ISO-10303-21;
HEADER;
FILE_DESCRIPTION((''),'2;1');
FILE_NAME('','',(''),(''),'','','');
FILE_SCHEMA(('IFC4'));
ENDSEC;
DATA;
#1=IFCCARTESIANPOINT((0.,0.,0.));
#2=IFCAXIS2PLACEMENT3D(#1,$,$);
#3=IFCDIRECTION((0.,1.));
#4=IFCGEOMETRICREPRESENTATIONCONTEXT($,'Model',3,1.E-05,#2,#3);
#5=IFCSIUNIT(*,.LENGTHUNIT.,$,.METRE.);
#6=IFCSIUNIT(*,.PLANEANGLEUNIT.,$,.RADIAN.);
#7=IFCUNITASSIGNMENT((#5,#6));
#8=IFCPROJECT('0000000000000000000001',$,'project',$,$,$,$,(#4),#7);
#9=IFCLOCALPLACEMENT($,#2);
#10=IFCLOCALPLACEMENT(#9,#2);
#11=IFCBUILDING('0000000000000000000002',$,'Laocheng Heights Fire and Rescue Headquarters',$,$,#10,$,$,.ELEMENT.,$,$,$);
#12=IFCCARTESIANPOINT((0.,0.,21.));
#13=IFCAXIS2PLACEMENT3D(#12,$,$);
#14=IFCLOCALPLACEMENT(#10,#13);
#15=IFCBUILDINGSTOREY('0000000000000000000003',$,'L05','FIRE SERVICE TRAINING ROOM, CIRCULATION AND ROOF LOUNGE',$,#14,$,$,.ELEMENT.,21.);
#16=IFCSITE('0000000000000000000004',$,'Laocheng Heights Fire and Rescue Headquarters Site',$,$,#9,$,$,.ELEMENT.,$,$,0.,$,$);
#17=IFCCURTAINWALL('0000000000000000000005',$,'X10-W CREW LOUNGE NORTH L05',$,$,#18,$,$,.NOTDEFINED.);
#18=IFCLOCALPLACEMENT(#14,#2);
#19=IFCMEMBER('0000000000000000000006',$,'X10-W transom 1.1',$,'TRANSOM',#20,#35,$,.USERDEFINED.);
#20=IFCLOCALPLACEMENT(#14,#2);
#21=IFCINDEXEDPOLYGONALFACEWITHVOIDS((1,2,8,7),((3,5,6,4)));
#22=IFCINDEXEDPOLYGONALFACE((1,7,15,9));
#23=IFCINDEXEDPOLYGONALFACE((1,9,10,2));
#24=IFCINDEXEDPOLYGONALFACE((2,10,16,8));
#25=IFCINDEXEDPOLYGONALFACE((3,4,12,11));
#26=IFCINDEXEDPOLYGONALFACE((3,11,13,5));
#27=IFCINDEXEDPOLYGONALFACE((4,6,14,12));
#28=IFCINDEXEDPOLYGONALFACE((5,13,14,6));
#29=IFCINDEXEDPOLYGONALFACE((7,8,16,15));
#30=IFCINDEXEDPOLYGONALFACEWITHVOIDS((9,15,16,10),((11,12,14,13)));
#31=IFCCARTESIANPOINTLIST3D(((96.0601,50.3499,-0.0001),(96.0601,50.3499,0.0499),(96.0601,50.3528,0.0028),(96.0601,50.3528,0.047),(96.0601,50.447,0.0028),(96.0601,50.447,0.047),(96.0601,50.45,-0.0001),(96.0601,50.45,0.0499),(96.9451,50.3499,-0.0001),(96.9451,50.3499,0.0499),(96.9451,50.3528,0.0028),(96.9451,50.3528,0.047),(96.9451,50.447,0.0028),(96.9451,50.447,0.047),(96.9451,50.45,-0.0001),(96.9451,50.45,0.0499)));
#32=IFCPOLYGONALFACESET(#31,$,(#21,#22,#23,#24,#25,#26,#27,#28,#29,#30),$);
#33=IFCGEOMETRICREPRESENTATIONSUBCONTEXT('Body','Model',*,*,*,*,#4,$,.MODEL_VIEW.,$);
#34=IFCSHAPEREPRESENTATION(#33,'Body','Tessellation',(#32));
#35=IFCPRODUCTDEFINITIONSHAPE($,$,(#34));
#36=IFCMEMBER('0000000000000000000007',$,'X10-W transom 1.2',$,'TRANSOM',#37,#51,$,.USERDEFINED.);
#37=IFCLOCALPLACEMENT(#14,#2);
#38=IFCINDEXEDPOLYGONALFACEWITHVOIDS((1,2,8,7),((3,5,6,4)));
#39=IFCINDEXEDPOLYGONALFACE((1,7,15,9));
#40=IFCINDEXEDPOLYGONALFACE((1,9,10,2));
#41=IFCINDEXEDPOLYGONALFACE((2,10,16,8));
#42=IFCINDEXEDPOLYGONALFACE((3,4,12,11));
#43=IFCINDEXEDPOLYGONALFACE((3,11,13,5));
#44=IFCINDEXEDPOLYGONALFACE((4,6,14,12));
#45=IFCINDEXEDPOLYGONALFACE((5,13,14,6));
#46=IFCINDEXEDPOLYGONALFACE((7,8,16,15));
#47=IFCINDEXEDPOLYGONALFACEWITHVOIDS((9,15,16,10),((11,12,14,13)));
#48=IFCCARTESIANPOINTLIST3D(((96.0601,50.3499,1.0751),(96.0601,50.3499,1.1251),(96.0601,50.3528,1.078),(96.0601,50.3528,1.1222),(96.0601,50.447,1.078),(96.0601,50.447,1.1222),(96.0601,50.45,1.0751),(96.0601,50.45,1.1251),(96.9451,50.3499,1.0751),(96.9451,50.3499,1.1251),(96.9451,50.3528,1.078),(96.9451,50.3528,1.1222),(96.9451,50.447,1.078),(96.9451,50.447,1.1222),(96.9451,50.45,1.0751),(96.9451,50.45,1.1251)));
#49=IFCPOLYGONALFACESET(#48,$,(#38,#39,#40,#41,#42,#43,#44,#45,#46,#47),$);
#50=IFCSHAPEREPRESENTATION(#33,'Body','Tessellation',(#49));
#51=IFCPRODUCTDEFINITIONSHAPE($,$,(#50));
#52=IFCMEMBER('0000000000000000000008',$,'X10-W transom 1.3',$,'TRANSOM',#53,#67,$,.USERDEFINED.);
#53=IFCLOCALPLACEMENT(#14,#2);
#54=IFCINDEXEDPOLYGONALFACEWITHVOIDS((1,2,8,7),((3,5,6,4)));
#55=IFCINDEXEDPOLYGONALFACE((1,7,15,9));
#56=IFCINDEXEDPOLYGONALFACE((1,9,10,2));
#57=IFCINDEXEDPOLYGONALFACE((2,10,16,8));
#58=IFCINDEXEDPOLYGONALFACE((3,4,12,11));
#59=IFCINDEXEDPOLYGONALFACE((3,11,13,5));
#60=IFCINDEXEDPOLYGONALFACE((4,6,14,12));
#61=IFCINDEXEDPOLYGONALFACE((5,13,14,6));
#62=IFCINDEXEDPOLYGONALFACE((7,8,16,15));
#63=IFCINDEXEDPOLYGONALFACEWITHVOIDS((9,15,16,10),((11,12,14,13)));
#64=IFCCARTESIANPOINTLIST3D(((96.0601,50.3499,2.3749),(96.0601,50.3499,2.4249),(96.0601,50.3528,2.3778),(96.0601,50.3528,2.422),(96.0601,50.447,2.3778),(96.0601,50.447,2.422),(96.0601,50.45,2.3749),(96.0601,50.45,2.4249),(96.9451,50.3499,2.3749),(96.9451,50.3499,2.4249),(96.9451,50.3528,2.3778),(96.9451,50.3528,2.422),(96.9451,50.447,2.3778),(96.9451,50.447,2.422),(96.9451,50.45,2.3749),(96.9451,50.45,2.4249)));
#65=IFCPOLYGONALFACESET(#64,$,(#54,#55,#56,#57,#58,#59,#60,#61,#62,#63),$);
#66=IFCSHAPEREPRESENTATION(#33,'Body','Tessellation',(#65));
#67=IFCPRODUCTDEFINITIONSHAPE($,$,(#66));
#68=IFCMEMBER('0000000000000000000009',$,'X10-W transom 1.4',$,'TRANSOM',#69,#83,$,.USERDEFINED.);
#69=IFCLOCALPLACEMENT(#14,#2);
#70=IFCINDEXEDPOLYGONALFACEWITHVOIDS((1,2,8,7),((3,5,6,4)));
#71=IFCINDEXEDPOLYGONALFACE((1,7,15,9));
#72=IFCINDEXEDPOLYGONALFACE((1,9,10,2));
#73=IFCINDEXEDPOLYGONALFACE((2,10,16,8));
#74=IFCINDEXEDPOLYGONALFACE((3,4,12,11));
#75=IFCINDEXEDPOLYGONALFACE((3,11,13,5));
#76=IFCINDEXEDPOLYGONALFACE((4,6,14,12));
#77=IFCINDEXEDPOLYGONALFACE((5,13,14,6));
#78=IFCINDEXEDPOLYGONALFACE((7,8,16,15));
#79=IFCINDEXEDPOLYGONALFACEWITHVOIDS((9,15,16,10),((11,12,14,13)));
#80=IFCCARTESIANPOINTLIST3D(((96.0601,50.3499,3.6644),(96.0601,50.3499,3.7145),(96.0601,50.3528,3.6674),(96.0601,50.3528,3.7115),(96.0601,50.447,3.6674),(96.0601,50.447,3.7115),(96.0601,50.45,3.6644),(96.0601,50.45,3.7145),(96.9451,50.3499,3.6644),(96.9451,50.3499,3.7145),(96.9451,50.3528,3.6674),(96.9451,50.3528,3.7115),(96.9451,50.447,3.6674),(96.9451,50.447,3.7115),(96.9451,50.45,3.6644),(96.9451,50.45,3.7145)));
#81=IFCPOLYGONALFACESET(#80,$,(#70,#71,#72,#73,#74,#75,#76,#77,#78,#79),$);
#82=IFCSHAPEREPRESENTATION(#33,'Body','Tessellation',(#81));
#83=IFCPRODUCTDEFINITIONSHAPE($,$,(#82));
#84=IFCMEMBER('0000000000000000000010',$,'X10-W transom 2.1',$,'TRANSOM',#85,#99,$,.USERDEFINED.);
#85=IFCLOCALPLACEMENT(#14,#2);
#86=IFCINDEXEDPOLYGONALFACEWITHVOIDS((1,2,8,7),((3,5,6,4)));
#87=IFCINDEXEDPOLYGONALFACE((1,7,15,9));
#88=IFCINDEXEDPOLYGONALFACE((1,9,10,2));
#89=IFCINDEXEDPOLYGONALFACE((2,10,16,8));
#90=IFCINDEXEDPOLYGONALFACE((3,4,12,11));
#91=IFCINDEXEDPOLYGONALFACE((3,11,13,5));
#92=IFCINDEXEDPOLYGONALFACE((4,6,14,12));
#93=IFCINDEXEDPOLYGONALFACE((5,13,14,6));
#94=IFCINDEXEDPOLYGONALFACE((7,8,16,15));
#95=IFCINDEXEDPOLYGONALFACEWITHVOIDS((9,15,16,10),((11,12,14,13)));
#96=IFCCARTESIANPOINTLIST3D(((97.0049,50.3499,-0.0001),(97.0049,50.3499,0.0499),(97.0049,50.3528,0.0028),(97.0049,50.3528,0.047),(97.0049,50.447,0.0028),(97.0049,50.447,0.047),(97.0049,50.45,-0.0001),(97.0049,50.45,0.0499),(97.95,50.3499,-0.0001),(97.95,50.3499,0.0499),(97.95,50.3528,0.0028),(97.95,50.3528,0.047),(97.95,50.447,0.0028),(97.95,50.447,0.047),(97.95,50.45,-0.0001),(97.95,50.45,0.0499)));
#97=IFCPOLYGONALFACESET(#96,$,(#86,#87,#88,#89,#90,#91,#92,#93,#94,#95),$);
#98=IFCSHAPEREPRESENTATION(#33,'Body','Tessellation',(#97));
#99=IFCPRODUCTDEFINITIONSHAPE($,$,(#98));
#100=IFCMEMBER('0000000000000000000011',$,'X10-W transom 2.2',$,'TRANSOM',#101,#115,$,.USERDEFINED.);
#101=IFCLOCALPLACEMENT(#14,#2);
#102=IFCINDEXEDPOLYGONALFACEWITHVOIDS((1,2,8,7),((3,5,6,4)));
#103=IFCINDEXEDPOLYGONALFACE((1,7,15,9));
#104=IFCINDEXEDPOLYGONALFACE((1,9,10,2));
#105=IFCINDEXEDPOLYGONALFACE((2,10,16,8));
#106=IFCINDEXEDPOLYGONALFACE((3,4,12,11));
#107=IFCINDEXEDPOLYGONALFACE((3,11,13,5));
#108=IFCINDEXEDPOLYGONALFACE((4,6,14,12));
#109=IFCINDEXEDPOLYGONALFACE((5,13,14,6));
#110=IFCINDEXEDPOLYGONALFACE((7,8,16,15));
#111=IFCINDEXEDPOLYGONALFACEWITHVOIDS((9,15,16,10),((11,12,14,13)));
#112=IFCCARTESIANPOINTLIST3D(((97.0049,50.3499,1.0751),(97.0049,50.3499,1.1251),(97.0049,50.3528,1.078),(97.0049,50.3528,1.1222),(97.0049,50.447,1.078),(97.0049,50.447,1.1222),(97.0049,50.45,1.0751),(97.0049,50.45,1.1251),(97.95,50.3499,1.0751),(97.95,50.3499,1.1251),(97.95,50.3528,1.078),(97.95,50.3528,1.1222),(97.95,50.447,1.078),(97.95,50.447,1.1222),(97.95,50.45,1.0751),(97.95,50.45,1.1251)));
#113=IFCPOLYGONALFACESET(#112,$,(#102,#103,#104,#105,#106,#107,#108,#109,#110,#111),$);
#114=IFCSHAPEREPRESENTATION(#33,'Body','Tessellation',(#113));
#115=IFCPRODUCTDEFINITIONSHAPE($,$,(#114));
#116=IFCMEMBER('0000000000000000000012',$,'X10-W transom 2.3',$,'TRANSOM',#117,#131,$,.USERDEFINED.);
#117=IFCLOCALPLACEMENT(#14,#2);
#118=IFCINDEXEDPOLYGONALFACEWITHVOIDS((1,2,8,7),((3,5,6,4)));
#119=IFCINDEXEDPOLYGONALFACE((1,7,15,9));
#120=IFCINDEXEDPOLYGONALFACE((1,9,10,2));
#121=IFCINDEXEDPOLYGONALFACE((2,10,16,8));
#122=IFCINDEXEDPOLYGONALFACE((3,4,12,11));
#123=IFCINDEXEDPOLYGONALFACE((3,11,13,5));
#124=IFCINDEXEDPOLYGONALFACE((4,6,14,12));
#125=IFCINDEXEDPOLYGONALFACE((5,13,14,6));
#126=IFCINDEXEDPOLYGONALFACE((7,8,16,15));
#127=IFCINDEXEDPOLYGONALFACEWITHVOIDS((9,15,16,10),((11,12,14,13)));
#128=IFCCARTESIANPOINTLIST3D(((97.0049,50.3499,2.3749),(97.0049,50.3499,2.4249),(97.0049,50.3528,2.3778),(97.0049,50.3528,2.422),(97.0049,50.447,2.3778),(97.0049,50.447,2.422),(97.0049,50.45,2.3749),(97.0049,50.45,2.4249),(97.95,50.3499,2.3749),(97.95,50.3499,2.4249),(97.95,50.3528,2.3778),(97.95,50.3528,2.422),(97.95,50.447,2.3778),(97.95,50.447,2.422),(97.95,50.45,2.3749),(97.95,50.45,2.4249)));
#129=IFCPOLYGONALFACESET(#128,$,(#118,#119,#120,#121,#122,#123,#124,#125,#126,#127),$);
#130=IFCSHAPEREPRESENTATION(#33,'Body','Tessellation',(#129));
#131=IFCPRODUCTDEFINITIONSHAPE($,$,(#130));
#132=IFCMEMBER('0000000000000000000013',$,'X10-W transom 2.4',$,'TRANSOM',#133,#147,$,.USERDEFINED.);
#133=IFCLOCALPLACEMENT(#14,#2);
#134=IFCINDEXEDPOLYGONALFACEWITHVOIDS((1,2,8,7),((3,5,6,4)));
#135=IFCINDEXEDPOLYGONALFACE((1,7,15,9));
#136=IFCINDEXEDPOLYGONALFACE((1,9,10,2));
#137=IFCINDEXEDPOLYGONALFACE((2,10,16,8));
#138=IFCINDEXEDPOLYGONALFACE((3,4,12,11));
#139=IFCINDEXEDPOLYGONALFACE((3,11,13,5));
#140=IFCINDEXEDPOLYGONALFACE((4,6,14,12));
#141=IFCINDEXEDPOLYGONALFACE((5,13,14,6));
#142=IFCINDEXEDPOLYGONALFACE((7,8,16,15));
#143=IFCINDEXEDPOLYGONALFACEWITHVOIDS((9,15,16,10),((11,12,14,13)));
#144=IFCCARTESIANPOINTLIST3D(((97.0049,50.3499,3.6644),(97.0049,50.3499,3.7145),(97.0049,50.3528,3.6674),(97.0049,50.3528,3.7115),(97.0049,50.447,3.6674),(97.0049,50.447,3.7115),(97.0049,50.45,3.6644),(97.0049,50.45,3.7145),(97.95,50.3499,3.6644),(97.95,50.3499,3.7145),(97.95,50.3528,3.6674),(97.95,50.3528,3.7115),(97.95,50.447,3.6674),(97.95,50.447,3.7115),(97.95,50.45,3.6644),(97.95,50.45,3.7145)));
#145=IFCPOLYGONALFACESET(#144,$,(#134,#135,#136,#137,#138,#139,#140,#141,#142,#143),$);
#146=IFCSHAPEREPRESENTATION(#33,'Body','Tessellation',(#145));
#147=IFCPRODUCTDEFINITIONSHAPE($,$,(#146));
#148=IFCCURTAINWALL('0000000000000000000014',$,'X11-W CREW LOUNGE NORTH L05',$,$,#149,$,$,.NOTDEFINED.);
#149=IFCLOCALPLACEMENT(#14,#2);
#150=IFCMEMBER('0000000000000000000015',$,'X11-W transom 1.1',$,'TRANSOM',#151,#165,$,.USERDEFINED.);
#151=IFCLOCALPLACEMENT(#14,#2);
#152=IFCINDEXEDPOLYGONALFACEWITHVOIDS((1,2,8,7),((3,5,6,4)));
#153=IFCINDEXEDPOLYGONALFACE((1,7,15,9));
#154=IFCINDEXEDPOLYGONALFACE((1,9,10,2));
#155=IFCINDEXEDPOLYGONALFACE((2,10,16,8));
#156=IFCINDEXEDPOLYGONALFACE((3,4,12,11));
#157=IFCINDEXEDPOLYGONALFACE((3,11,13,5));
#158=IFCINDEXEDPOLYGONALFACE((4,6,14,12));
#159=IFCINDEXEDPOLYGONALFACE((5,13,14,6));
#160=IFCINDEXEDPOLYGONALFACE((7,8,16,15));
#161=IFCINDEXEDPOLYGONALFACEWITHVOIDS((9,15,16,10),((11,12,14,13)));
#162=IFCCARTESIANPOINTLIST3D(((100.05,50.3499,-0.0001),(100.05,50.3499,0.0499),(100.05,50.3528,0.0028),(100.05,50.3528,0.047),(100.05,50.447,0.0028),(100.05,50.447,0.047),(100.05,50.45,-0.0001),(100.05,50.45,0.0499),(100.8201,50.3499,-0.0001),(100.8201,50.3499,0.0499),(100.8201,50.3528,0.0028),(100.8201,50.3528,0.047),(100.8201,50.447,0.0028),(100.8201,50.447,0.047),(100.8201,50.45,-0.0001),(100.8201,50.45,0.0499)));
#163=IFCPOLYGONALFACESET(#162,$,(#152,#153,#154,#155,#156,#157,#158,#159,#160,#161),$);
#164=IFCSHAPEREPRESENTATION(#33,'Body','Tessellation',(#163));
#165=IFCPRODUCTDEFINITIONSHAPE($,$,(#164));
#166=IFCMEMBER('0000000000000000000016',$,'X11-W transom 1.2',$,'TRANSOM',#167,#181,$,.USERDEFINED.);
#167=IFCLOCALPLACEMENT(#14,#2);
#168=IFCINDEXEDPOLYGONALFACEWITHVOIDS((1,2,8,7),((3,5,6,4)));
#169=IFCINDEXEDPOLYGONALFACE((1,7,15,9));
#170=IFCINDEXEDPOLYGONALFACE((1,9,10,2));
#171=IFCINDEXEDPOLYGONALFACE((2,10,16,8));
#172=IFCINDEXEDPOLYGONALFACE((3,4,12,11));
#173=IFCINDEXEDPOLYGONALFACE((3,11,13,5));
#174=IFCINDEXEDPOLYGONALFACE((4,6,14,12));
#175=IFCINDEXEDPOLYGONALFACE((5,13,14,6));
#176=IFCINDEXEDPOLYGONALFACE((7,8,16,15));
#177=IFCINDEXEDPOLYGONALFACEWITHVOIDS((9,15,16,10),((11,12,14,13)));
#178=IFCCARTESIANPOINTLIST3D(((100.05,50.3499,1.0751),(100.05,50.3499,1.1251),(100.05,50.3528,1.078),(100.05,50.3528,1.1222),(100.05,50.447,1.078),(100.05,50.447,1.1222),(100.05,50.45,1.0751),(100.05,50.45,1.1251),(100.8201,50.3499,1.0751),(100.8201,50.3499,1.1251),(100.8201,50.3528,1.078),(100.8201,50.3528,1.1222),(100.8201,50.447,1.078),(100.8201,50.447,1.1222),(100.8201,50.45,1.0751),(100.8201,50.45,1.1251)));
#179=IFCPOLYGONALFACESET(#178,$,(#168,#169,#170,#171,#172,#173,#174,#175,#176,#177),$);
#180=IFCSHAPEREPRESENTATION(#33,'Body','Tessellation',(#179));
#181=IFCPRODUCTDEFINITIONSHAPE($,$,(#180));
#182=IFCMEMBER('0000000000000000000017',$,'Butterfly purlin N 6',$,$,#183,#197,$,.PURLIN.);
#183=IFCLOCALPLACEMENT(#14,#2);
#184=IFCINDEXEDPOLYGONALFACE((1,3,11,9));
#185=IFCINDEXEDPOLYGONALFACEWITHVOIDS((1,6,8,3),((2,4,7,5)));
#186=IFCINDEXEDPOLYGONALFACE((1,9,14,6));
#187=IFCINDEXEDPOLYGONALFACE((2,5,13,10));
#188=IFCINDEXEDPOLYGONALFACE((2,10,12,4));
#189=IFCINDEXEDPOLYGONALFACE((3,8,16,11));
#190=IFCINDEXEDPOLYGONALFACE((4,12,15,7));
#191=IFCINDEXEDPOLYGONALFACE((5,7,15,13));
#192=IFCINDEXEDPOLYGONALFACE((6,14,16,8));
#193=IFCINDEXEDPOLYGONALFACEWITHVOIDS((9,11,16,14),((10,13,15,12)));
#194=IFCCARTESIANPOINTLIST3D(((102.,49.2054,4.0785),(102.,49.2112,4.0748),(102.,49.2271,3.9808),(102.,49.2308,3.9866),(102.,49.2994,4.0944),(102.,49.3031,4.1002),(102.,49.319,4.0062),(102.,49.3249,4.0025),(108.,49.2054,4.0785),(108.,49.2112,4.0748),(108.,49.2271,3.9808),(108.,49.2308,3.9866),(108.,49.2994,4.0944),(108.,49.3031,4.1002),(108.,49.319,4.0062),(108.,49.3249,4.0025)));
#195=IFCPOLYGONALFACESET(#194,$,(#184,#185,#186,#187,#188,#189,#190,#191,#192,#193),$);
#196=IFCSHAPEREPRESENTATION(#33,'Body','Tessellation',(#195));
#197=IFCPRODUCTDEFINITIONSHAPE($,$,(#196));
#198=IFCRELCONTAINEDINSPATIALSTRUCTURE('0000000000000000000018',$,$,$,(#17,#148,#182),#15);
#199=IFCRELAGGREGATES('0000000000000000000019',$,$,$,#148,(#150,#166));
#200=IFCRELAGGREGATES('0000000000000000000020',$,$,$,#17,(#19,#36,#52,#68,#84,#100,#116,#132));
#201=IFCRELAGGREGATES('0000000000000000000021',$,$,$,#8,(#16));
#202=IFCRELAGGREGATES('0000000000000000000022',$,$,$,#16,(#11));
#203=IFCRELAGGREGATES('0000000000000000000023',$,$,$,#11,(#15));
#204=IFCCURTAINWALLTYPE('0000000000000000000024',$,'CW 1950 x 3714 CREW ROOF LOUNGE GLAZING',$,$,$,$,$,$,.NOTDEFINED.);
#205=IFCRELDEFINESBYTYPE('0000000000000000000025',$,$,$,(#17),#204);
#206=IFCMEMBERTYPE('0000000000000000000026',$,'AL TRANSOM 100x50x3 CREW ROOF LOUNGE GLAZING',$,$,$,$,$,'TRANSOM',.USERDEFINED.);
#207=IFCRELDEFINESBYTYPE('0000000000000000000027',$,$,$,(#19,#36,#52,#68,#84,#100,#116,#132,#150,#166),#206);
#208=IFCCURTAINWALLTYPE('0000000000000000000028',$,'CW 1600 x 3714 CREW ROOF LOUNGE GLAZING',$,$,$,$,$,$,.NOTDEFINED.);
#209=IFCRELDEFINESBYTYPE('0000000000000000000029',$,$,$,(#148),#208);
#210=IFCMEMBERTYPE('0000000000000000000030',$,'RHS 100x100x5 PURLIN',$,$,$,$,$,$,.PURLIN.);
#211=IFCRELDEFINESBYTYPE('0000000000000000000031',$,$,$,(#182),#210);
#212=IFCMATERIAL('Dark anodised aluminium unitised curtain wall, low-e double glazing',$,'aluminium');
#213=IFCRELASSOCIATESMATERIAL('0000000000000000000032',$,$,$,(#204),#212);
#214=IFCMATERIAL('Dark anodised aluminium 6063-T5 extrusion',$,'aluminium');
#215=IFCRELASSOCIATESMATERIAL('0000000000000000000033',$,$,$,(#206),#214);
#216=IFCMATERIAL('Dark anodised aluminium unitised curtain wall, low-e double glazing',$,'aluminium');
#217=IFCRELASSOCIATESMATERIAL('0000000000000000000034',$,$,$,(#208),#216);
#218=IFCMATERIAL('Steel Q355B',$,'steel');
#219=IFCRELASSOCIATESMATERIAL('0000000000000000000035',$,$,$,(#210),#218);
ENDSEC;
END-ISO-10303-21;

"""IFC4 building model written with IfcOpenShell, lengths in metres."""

from ifc_helpers import new_model, si_unit, direction, frame, origin, origin_2d, place, context, subcontext, project, spatial, hollow_rectangle, extrude, material, material_profile, profile_set, type_object, element, aggregate, save


model = new_model("IFC4")

# Units and contexts
model_context = context("Model", 3, precision=1e-05, world=origin(), true_north=direction((0.0, 1.0)))
body_context = subcontext(model_context, "Body", "Model", "MODEL_VIEW")
ifc_project = project(units=[si_unit("LENGTHUNIT", "METRE"), si_unit("PLANEANGLEUNIT", "RADIAN")], contexts=[model_context])

# Site, building, storey
site_placement = place(None, origin())
site = spatial("IfcSite", under=ifc_project, at=site_placement, Name="Laocheng Heights Fire and Rescue Headquarters Site", CompositionType="ELEMENT", RefElevation=0.0)
building_placement = place(site_placement, origin())
building = spatial("IfcBuilding", under=site, at=building_placement, Name="Laocheng Heights Fire and Rescue Headquarters", CompositionType="ELEMENT")
storey_placement = place(building_placement, frame((0.0, 0.0, 21.0)))
storey = spatial("IfcBuildingStorey", under=building, at=storey_placement, Name="L05", Description="FIRE SERVICE TRAINING ROOM, CIRCULATION AND ROOF LOUNGE", CompositionType="ELEMENT", Elevation=21.0)

# Curtain wall
ifc_material_1 = material(Name="Dark anodised aluminium unitised curtain wall, low-e double glazing", Category="aluminium")
curtain_wall_type_1 = type_object("IfcCurtainWallType", Name="CW 1950 x 3714 CREW ROOF LOUNGE GLAZING", PredefinedType="NOTDEFINED", material=ifc_material_1)
curtain_wall_1_placement = place(storey_placement, origin())
curtain_wall_1 = element("IfcCurtainWall", 1, at=curtain_wall_1_placement, inside=storey, type_object=curtain_wall_type_1, Name="X10-W CREW LOUNGE NORTH L05", PredefinedType="NOTDEFINED")

# Members
ifc_material_2 = material(Name="Dark anodised aluminium 6063-T5 extrusion", Category="aluminium")
ifc_material_profile_1 = material_profile(ifc_material_2, hollow_rectangle(XDim=0.1001, YDim=0.05, WallThickness=0.0029, at=origin_2d()), Name="AL TRANSOM 100x50x3 CREW ROOF LOUNGE GLAZING")
ifc_profile_set_1 = profile_set([ifc_material_profile_1], Name="Dark anodised aluminium 6063-T5 extrusion")
member_type_1 = type_object("IfcMemberType", Name="AL TRANSOM 100x50x3 CREW ROOF LOUNGE GLAZING", ElementType="TRANSOM", PredefinedType="USERDEFINED", material=ifc_profile_set_1)
member_1_placement = place(storey_placement, frame((96.0601, 50.3999, 0.0249), z_axis=(1.0, 0.0, 0.0), x_axis=(0.0, 1.0, 0.0)))
member_1 = element("IfcMember", 2, at=member_1_placement, type_object=member_type_1, Name="X10-W transom 1.1", ObjectType="TRANSOM", PredefinedType="USERDEFINED", context=body_context, shape_type="SweptSolid", body=[
    extrude(hollow_rectangle(XDim=0.1001, YDim=0.05, WallThickness=0.0029, at=origin_2d()), origin(), (0.0, 0.0, 1.0), 0.885),
])
member_2_placement = place(storey_placement, frame((96.0601, 50.3999, 1.1001), z_axis=(1.0, 0.0, 0.0), x_axis=(0.0, 1.0, 0.0)))
member_2 = element("IfcMember", 3, at=member_2_placement, type_object=member_type_1, Name="X10-W transom 1.2", ObjectType="TRANSOM", PredefinedType="USERDEFINED", context=body_context, shape_type="SweptSolid", body=[
    extrude(hollow_rectangle(XDim=0.1001, YDim=0.05, WallThickness=0.0029, at=origin_2d()), origin(), (0.0, 0.0, 1.0), 0.885),
])
member_3_placement = place(storey_placement, frame((96.0601, 50.3999, 2.3999), z_axis=(1.0, 0.0, 0.0), x_axis=(0.0, 1.0, 0.0)))
member_3 = element("IfcMember", 4, at=member_3_placement, type_object=member_type_1, Name="X10-W transom 1.3", ObjectType="TRANSOM", PredefinedType="USERDEFINED", context=body_context, shape_type="SweptSolid", body=[
    extrude(hollow_rectangle(XDim=0.1001, YDim=0.05, WallThickness=0.0029, at=origin_2d()), origin(), (0.0, 0.0, 1.0), 0.885),
])
member_4_placement = place(storey_placement, frame((96.0601, 50.3999, 3.6895), z_axis=(1.0, 0.0, 0.0), x_axis=(0.0, 1.0, 0.0)))
member_4 = element("IfcMember", 5, at=member_4_placement, type_object=member_type_1, Name="X10-W transom 1.4", ObjectType="TRANSOM", PredefinedType="USERDEFINED", context=body_context, shape_type="SweptSolid", body=[
    extrude(hollow_rectangle(XDim=0.1001, YDim=0.05, WallThickness=0.0029, at=origin_2d()), origin(), (0.0, 0.0, 1.0), 0.885),
])
member_5_placement = place(storey_placement, frame((97.0049, 50.3999, 0.0249), z_axis=(1.0, 0.0, 0.0), x_axis=(0.0, 1.0, 0.0)))
member_5 = element("IfcMember", 6, at=member_5_placement, type_object=member_type_1, Name="X10-W transom 2.1", ObjectType="TRANSOM", PredefinedType="USERDEFINED", context=body_context, shape_type="SweptSolid", body=[
    extrude(hollow_rectangle(XDim=0.1001, YDim=0.05, WallThickness=0.0029, at=origin_2d()), origin(), (0.0, 0.0, 1.0), 0.9451),
])
member_6_placement = place(storey_placement, frame((97.0049, 50.3999, 1.1001), z_axis=(1.0, 0.0, 0.0), x_axis=(0.0, 1.0, 0.0)))
member_6 = element("IfcMember", 7, at=member_6_placement, type_object=member_type_1, Name="X10-W transom 2.2", ObjectType="TRANSOM", PredefinedType="USERDEFINED", context=body_context, shape_type="SweptSolid", body=[
    extrude(hollow_rectangle(XDim=0.1001, YDim=0.05, WallThickness=0.0029, at=origin_2d()), origin(), (0.0, 0.0, 1.0), 0.9451),
])
member_7_placement = place(storey_placement, frame((97.0049, 50.3999, 2.3999), z_axis=(1.0, 0.0, 0.0), x_axis=(0.0, 1.0, 0.0)))
member_7 = element("IfcMember", 8, at=member_7_placement, type_object=member_type_1, Name="X10-W transom 2.3", ObjectType="TRANSOM", PredefinedType="USERDEFINED", context=body_context, shape_type="SweptSolid", body=[
    extrude(hollow_rectangle(XDim=0.1001, YDim=0.05, WallThickness=0.0029, at=origin_2d()), origin(), (0.0, 0.0, 1.0), 0.9451),
])
member_8_placement = place(storey_placement, frame((97.0049, 50.3999, 3.6895), z_axis=(1.0, 0.0, 0.0), x_axis=(0.0, 1.0, 0.0)))
member_8 = element("IfcMember", 9, at=member_8_placement, type_object=member_type_1, Name="X10-W transom 2.4", ObjectType="TRANSOM", PredefinedType="USERDEFINED", context=body_context, shape_type="SweptSolid", body=[
    extrude(hollow_rectangle(XDim=0.1001, YDim=0.05, WallThickness=0.0029, at=origin_2d()), origin(), (0.0, 0.0, 1.0), 0.9451),
])

# Curtain wall, members
ifc_material_3 = material(Name="Dark anodised aluminium unitised curtain wall, low-e double glazing", Category="aluminium")
curtain_wall_type_2 = type_object("IfcCurtainWallType", Name="CW 1600 x 3714 CREW ROOF LOUNGE GLAZING", PredefinedType="NOTDEFINED", material=ifc_material_3)
curtain_wall_2_placement = place(storey_placement, origin())
curtain_wall_2 = element("IfcCurtainWall", 10, at=curtain_wall_2_placement, inside=storey, type_object=curtain_wall_type_2, Name="X11-W CREW LOUNGE NORTH L05", PredefinedType="NOTDEFINED")
member_9_placement = place(storey_placement, frame((100.05, 50.3999, 0.0249), z_axis=(1.0, 0.0, 0.0), x_axis=(0.0, 1.0, 0.0)))
member_9 = element("IfcMember", 11, at=member_9_placement, type_object=member_type_1, Name="X11-W transom 1.1", ObjectType="TRANSOM", PredefinedType="USERDEFINED", context=body_context, shape_type="SweptSolid", body=[
    extrude(hollow_rectangle(XDim=0.1001, YDim=0.05, WallThickness=0.0029, at=origin_2d()), origin(), (0.0, 0.0, 1.0), 0.77),
])
member_10_placement = place(storey_placement, frame((100.05, 50.3999, 1.1001), z_axis=(1.0, 0.0, 0.0), x_axis=(0.0, 1.0, 0.0)))
member_10 = element("IfcMember", 12, at=member_10_placement, type_object=member_type_1, Name="X11-W transom 1.2", ObjectType="TRANSOM", PredefinedType="USERDEFINED", context=body_context, shape_type="SweptSolid", body=[
    extrude(hollow_rectangle(XDim=0.1001, YDim=0.05, WallThickness=0.0029, at=origin_2d()), origin(), (0.0, 0.0, 1.0), 0.77),
])
aggregate(curtain_wall_2, [member_9, member_10])

# Member
ifc_material_4 = material(Name="Steel Q355B", Category="steel")
ifc_material_profile_2 = material_profile(ifc_material_4, hollow_rectangle(XDim=0.1001, YDim=0.1001, WallThickness=0.0049, at=origin_2d()), Name="RHS 100x100x5")
ifc_profile_set_2 = profile_set([ifc_material_profile_2], Name="Steel Q355B")
member_type_2 = type_object("IfcMemberType", Name="RHS 100x100x5 PURLIN", PredefinedType="PURLIN", material=ifc_profile_set_2)
member_11_placement = place(storey_placement, frame((102.0, 49.2651, 4.0405), z_axis=(1.0, 0.0, 0.0), x_axis=(0.0, 0.976187, 0.21693)))
element("IfcMember", 13, at=member_11_placement, inside=storey, type_object=member_type_2, Name="Butterfly purlin N 6", PredefinedType="PURLIN", context=body_context, shape_type="SweptSolid", body=[
    extrude(hollow_rectangle(XDim=0.1001, YDim=0.1001, WallThickness=0.0049, at=origin_2d()), origin(), (0.0, 0.0, 1.0), 6.0),
])

aggregate(curtain_wall_1, [member_1, member_2, member_3, member_4, member_5, member_6, member_7, member_8])

save(model, "model.ifc")
